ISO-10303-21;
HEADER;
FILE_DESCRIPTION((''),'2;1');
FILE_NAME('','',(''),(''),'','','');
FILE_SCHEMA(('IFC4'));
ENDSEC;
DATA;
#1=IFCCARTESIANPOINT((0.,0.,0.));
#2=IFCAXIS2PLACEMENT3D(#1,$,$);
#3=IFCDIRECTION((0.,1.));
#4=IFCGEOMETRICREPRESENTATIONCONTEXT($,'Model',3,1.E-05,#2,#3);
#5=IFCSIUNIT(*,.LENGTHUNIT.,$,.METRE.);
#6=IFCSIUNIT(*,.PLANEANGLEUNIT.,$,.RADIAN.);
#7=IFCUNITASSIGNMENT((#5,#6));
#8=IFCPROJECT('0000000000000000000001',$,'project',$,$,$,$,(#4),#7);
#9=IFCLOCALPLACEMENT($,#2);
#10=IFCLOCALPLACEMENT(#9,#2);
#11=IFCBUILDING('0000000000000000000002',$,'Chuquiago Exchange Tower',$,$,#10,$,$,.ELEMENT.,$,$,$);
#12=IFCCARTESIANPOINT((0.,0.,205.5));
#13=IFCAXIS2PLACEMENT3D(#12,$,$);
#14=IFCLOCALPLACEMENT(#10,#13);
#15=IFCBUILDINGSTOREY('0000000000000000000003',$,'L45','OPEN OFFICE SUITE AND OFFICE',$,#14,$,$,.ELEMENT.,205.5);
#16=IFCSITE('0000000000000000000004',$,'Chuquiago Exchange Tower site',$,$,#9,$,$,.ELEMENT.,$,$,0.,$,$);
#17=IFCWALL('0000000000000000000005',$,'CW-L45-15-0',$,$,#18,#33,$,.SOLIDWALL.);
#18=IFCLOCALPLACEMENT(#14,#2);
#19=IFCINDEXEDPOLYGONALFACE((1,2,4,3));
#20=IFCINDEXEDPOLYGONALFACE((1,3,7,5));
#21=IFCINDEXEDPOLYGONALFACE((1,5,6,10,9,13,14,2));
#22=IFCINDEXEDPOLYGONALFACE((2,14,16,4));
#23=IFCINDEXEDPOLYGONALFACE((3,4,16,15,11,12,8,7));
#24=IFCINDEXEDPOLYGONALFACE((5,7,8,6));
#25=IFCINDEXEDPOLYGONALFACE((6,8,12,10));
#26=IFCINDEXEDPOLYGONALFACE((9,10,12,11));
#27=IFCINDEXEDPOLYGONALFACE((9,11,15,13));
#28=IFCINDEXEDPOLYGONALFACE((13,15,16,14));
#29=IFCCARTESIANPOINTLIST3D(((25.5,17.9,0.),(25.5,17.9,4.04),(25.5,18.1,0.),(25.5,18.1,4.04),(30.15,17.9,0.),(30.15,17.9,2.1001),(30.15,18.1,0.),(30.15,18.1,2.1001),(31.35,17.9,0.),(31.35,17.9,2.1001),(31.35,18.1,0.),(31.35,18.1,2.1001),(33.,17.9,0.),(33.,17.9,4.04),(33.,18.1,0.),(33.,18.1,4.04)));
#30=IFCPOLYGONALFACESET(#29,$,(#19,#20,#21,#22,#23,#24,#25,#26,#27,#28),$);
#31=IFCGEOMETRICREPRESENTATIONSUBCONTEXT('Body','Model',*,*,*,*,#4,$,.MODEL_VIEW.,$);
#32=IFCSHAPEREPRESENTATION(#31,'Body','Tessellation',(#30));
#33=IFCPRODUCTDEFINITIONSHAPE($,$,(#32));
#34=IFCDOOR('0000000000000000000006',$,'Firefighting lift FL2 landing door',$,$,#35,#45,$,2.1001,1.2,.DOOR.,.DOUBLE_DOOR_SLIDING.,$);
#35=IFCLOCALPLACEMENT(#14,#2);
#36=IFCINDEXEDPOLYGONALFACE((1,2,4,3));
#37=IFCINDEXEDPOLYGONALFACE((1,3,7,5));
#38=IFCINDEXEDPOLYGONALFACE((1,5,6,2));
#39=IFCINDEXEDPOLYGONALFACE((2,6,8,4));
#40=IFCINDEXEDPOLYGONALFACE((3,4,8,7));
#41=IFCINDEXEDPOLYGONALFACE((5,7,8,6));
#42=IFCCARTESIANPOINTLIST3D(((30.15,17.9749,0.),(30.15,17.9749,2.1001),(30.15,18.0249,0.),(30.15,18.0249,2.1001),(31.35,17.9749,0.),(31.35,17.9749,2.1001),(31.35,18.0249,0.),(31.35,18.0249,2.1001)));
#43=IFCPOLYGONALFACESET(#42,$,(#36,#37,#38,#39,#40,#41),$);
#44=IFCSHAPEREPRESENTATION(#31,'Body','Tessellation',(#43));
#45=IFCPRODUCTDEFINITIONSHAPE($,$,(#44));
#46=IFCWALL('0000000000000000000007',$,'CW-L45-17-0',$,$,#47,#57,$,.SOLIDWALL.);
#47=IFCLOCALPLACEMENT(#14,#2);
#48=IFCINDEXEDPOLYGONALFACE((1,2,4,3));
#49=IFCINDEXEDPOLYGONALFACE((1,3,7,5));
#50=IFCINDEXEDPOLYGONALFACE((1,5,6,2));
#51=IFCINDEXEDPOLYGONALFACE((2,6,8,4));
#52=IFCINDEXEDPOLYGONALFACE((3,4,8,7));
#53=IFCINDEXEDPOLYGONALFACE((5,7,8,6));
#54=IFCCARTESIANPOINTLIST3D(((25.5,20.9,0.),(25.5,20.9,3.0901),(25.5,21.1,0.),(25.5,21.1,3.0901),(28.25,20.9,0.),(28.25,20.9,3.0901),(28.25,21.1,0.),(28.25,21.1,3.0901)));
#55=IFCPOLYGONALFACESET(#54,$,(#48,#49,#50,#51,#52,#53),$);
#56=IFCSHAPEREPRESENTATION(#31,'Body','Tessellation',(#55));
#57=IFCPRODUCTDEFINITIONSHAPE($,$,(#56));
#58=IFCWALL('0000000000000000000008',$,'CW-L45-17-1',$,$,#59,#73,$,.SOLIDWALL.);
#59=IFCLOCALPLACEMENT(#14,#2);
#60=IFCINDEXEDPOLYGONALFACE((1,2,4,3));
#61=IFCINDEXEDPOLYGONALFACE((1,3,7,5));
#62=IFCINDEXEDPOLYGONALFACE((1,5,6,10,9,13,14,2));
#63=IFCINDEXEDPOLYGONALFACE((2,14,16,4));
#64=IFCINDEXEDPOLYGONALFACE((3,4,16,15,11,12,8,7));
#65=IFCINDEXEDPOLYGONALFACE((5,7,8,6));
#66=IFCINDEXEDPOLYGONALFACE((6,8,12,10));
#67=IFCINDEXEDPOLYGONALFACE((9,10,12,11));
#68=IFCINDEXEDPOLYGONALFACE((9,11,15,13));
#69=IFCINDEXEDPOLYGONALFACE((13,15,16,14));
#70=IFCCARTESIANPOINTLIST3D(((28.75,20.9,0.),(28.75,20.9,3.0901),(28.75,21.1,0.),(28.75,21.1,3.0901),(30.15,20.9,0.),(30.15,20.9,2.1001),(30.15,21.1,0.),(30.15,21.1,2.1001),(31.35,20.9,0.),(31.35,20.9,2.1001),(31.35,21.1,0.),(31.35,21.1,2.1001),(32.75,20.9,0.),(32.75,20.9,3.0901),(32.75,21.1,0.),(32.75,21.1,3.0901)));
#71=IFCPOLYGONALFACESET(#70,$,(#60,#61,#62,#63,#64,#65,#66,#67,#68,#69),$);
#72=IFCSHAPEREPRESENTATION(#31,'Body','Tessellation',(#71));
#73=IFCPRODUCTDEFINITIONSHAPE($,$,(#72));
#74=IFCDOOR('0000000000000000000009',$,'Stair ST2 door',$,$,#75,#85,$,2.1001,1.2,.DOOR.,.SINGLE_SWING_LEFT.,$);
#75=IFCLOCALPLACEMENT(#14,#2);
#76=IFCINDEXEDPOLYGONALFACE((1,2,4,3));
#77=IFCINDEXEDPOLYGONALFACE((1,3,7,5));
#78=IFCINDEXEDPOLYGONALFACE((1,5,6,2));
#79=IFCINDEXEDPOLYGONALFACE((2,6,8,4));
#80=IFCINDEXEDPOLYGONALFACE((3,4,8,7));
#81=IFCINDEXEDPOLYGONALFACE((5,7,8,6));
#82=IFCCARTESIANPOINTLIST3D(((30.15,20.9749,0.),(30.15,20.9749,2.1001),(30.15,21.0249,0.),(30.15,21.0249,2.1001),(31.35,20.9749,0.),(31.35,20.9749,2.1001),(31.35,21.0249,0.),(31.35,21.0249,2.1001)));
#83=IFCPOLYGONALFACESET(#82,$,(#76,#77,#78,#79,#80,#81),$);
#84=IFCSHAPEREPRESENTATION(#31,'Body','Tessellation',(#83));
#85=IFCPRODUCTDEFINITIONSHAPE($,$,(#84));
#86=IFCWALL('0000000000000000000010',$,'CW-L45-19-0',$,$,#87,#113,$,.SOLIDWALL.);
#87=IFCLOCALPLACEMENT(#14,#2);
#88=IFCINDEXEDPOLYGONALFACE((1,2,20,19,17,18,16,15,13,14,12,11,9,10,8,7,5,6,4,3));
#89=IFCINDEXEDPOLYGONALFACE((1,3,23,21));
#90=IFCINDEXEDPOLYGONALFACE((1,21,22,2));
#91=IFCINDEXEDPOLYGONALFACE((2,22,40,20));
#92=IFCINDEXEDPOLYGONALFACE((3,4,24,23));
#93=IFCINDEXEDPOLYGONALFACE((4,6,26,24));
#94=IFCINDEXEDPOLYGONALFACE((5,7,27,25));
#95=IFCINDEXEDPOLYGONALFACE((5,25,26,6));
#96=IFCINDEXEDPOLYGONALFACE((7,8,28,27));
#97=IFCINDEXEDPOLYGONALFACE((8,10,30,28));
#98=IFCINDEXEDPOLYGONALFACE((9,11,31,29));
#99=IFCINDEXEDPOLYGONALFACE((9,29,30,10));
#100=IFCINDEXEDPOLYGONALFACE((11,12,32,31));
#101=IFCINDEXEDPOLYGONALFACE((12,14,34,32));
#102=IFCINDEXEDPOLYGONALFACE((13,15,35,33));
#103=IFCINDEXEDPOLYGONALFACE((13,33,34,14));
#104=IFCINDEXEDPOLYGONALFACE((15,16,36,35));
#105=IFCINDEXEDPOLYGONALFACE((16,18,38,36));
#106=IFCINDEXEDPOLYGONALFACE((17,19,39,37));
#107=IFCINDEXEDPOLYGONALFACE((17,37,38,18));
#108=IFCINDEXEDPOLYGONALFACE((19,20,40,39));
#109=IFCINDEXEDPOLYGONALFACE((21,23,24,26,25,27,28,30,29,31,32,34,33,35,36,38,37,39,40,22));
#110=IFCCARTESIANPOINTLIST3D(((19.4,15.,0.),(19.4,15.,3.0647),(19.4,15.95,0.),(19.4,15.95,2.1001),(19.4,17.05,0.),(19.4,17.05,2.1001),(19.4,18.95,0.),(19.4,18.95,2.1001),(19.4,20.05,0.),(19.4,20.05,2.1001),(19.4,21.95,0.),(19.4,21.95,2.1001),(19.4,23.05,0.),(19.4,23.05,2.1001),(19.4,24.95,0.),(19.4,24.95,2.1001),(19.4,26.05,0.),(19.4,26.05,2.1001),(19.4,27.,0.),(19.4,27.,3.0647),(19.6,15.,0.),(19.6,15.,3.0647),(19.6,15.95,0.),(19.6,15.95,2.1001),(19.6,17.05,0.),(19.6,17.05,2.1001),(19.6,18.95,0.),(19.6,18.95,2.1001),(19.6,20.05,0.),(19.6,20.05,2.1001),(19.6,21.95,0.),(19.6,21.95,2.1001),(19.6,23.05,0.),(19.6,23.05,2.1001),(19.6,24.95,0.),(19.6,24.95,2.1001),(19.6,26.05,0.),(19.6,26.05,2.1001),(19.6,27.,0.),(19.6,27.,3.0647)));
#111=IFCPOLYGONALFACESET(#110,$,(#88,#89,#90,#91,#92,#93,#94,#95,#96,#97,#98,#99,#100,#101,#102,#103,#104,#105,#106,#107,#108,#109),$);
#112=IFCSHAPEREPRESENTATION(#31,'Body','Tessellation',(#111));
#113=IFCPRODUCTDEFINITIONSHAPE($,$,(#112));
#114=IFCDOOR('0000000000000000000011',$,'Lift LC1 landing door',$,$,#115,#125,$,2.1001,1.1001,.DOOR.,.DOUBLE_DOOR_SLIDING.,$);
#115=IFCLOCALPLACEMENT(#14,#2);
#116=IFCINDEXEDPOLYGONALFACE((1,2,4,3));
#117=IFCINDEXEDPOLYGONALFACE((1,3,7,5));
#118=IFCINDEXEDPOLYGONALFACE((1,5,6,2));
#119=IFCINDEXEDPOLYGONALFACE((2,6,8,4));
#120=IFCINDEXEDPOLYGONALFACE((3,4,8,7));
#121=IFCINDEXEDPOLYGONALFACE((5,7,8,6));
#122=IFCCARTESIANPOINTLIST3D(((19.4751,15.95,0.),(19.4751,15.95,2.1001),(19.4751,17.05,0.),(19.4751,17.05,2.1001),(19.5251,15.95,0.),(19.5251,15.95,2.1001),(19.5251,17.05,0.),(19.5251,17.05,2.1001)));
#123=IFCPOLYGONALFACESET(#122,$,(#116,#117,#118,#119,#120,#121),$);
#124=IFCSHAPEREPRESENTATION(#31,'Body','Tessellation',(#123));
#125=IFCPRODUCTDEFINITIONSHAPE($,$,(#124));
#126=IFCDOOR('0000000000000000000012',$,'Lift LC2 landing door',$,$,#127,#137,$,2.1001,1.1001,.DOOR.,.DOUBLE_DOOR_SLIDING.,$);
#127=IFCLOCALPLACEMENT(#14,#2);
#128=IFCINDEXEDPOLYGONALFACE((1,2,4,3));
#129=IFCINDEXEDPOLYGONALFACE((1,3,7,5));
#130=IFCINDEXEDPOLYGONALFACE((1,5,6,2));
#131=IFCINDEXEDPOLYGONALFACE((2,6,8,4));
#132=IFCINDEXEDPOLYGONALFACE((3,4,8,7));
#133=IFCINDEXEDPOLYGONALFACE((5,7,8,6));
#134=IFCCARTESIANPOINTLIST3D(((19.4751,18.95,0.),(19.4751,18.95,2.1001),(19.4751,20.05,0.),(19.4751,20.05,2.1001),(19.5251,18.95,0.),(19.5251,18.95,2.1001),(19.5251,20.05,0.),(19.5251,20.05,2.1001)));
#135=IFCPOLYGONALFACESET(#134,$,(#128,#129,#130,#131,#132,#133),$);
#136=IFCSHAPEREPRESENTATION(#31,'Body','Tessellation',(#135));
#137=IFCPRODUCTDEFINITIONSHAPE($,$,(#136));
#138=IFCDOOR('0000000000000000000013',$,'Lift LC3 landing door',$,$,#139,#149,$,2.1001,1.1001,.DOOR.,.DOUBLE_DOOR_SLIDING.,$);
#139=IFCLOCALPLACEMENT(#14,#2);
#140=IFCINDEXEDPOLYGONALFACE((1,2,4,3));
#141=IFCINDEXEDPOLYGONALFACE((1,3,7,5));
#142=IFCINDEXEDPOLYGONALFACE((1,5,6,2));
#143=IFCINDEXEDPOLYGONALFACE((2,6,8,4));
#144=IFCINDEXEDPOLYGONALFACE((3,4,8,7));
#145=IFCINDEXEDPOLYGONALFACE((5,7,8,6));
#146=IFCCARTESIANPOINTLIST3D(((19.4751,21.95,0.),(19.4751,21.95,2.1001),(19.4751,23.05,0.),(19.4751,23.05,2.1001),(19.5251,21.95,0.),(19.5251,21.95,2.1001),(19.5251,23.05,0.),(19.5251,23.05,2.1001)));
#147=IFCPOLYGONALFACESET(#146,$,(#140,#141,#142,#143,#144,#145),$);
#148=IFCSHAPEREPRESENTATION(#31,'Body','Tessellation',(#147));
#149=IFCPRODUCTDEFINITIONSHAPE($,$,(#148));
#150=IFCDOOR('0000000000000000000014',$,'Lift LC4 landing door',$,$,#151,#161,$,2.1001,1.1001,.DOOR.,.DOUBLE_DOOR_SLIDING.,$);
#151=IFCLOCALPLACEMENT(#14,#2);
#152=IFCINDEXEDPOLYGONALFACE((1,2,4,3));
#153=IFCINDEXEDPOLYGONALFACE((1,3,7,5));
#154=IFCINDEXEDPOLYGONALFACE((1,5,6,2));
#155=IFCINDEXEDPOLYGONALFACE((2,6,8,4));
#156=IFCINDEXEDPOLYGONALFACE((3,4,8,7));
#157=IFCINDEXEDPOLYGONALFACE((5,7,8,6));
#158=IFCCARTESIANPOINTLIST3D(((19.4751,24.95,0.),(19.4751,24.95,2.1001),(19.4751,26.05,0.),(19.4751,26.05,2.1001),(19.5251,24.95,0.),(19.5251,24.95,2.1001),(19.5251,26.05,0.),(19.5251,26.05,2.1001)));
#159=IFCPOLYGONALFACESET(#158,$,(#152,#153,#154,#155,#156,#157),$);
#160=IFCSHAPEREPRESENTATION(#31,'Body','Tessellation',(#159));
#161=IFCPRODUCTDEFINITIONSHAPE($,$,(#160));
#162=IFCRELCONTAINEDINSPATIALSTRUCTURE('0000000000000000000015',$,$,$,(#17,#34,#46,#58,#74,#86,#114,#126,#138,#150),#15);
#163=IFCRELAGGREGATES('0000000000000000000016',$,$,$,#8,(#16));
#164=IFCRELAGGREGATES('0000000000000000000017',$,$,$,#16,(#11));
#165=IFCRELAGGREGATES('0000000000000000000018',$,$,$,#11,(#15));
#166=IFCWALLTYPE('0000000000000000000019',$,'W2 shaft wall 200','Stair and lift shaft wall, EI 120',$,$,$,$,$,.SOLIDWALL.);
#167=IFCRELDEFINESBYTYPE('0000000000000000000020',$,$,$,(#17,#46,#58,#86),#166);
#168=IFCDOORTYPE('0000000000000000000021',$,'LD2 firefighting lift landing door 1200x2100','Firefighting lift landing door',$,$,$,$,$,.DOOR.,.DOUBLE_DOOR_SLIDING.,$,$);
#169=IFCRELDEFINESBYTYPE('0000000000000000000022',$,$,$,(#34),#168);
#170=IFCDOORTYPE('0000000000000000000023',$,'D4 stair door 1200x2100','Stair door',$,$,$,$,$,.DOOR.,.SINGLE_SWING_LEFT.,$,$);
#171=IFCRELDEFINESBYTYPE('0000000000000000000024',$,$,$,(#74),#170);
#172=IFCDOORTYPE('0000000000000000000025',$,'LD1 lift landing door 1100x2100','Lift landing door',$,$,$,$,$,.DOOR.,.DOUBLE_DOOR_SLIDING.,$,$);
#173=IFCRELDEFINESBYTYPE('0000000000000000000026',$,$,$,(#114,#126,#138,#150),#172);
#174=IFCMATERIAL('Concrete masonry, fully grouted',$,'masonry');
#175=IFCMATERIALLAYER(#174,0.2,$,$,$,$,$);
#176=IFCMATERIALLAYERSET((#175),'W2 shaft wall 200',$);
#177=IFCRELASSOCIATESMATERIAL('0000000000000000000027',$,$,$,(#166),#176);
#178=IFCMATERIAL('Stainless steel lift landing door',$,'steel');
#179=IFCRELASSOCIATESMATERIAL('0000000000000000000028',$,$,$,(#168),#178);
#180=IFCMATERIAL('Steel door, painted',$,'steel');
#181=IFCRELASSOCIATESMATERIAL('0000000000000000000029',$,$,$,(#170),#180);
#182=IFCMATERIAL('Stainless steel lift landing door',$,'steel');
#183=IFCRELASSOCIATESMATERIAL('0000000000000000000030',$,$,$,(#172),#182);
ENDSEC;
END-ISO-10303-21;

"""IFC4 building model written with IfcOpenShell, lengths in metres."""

from ifc_helpers import new_model, si_unit, direction, frame, frame_2d, origin, place, context, subcontext, project, spatial, rectangle, extrude, material, layer, layer_set, type_object, element, fill, save


model = new_model("IFC4")

# Units and contexts
model_context = context("Model", 3, precision=1e-05, world=origin(), true_north=direction((0.0, 1.0)))
body_context = subcontext(model_context, "Body", "Model", "MODEL_VIEW")
ifc_project = project(units=[si_unit("LENGTHUNIT", "METRE"), si_unit("PLANEANGLEUNIT", "RADIAN")], contexts=[model_context])

# Site, building, storey
site_placement = place(None, origin())
site = spatial("IfcSite", under=ifc_project, at=site_placement, Name="Chuquiago Exchange Tower site", CompositionType="ELEMENT", RefElevation=0.0)
building_placement = place(site_placement, origin())
building = spatial("IfcBuilding", under=site, at=building_placement, Name="Chuquiago Exchange Tower", CompositionType="ELEMENT")
storey_placement = place(building_placement, frame((0.0, 0.0, 205.5)))
storey = spatial("IfcBuildingStorey", under=building, at=storey_placement, Name="L45", Description="OPEN OFFICE SUITE AND OFFICE", CompositionType="ELEMENT", Elevation=205.5)

# Shared definitions
ifc_material_1 = material(Name="Concrete masonry, fully grouted", Category="masonry")
ifc_layer_1 = layer(ifc_material_1, 0.2)
ifc_layer_set_1 = layer_set([ifc_layer_1], Name="W2 shaft wall 200")
wall_type_1 = type_object("IfcWallType", Name="W2 shaft wall 200", Description="Stair and lift shaft wall, EI 120", PredefinedType="SOLIDWALL", material=ifc_layer_set_1)

# Wall, opening, door
wall_1_placement = place(storey_placement, frame((25.5, 18.0, 0.0), z_axis=(0.0, 0.0, 1.0), x_axis=(1.0, 0.0, 0.0)))
wall_1 = element("IfcWall", 1, at=wall_1_placement, inside=storey, type_object=wall_type_1, Name="CW-L45-15-0", PredefinedType="SOLIDWALL", context=body_context, shape_type="SweptSolid", body=[
    extrude(rectangle(XDim=7.5, YDim=0.2, at=frame_2d((3.75, 0.0))), origin(), (0.0, 0.0, 1.0), 4.04),
])
opening_1_placement = place(wall_1_placement, frame((4.6499, 0.0, 0.0)))
opening_1 = element("IfcOpeningElement", 2, at=opening_1_placement, cuts=wall_1, PredefinedType="OPENING", context=body_context, shape_type="SweptSolid", body=[
    extrude(rectangle(XDim=1.2, YDim=2.1001, at=frame_2d((0.6001, 1.05))), frame((0.0, 0.1099, 0.0), z_axis=(0.0, -1.0, 0.0), x_axis=(1.0, 0.0, 0.0)), (0.0, 0.0, 1.0), 0.22),
])
ifc_material_2 = material(Name="Stainless steel lift landing door", Category="steel")
door_type_1 = type_object("IfcDoorType", Name="LD2 firefighting lift landing door 1200x2100", Description="Firefighting lift landing door", OperationType="DOUBLE_DOOR_SLIDING", PredefinedType="DOOR", material=ifc_material_2)
door_1_placement = place(opening_1_placement, origin())
door_1 = element("IfcDoor", 3, at=door_1_placement, inside=storey, type_object=door_type_1, Name="Firefighting lift FL2 landing door", OperationType="DOUBLE_DOOR_SLIDING", OverallHeight=2.1001, OverallWidth=1.2, PredefinedType="DOOR", context=body_context, shape_type="SweptSolid", body=[
    extrude(rectangle(XDim=1.2, YDim=2.1001, at=frame_2d((0.6001, 1.05))), frame((0.0, 0.0249, 0.0), z_axis=(0.0, -1.0, 0.0), x_axis=(1.0, 0.0, 0.0)), (0.0, 0.0, 1.0), 0.05),
])
fill(opening_1, door_1)

# Wall
wall_2_placement = place(storey_placement, frame((25.5, 21.0, 0.0), z_axis=(0.0, 0.0, 1.0), x_axis=(1.0, 0.0, 0.0)))
element("IfcWall", 4, at=wall_2_placement, inside=storey, type_object=wall_type_1, Name="CW-L45-17-0", PredefinedType="SOLIDWALL", context=body_context, shape_type="SweptSolid", body=[
    extrude(rectangle(XDim=2.75, YDim=0.2, at=frame_2d((1.375, 0.0))), origin(), (0.0, 0.0, 1.0), 3.0901),
])

# Wall, opening, door
wall_3_placement = place(storey_placement, frame((28.75, 21.0, 0.0), z_axis=(0.0, 0.0, 1.0), x_axis=(1.0, 0.0, 0.0)))
wall_3 = element("IfcWall", 5, at=wall_3_placement, inside=storey, type_object=wall_type_1, Name="CW-L45-17-1", PredefinedType="SOLIDWALL", context=body_context, shape_type="SweptSolid", body=[
    extrude(rectangle(XDim=4.0, YDim=0.2, at=frame_2d((2.0, 0.0))), origin(), (0.0, 0.0, 1.0), 3.0901),
])
opening_2_placement = place(wall_3_placement, frame((1.3999, 0.0, 0.0)))
opening_2 = element("IfcOpeningElement", 6, at=opening_2_placement, cuts=wall_3, PredefinedType="OPENING", context=body_context, shape_type="SweptSolid", body=[
    extrude(rectangle(XDim=1.2, YDim=2.1001, at=frame_2d((0.6001, 1.05))), frame((0.0, 0.1099, 0.0), z_axis=(0.0, -1.0, 0.0), x_axis=(1.0, 0.0, 0.0)), (0.0, 0.0, 1.0), 0.22),
])
ifc_material_3 = material(Name="Steel door, painted", Category="steel")
door_type_2 = type_object("IfcDoorType", Name="D4 stair door 1200x2100", Description="Stair door", OperationType="SINGLE_SWING_LEFT", PredefinedType="DOOR", material=ifc_material_3)
door_2_placement = place(opening_2_placement, origin())
door_2 = element("IfcDoor", 7, at=door_2_placement, inside=storey, type_object=door_type_2, Name="Stair ST2 door", OperationType="SINGLE_SWING_LEFT", OverallHeight=2.1001, OverallWidth=1.2, PredefinedType="DOOR", context=body_context, shape_type="SweptSolid", body=[
    extrude(rectangle(XDim=1.2, YDim=2.1001, at=frame_2d((0.6001, 1.05))), frame((0.0, 0.0249, 0.0), z_axis=(0.0, -1.0, 0.0), x_axis=(1.0, 0.0, 0.0)), (0.0, 0.0, 1.0), 0.05),
])
fill(opening_2, door_2)

# Wall, openings, doors
wall_4_placement = place(storey_placement, frame((19.5, 15.0, 0.0), z_axis=(0.0, 0.0, 1.0), x_axis=(0.0, 1.0, 0.0)))
wall_4 = element("IfcWall", 8, at=wall_4_placement, inside=storey, type_object=wall_type_1, Name="CW-L45-19-0", PredefinedType="SOLIDWALL", context=body_context, shape_type="SweptSolid", body=[
    extrude(rectangle(XDim=12.0, YDim=0.2, at=frame_2d((6.0, 0.0))), origin(), (0.0, 0.0, 1.0), 3.0647),
])
opening_3_placement = place(wall_4_placement, frame((0.95, 0.0, 0.0)))
opening_3 = element("IfcOpeningElement", 9, at=opening_3_placement, cuts=wall_4, PredefinedType="OPENING", context=body_context, shape_type="SweptSolid", body=[
    extrude(rectangle(XDim=1.1001, YDim=2.1001, at=frame_2d((0.55, 1.05))), frame((0.0, 0.1099, 0.0), z_axis=(0.0, -1.0, 0.0), x_axis=(1.0, 0.0, 0.0)), (0.0, 0.0, 1.0), 0.22),
])
opening_4_placement = place(wall_4_placement, frame((3.95, 0.0, 0.0)))
opening_4 = element("IfcOpeningElement", 10, at=opening_4_placement, cuts=wall_4, PredefinedType="OPENING", context=body_context, shape_type="SweptSolid", body=[
    extrude(rectangle(XDim=1.1001, YDim=2.1001, at=frame_2d((0.55, 1.05))), frame((0.0, 0.1099, 0.0), z_axis=(0.0, -1.0, 0.0), x_axis=(1.0, 0.0, 0.0)), (0.0, 0.0, 1.0), 0.22),
])
opening_5_placement = place(wall_4_placement, frame((6.95, 0.0, 0.0)))
opening_5 = element("IfcOpeningElement", 11, at=opening_5_placement, cuts=wall_4, PredefinedType="OPENING", context=body_context, shape_type="SweptSolid", body=[
    extrude(rectangle(XDim=1.1001, YDim=2.1001, at=frame_2d((0.55, 1.05))), frame((0.0, 0.1099, 0.0), z_axis=(0.0, -1.0, 0.0), x_axis=(1.0, 0.0, 0.0)), (0.0, 0.0, 1.0), 0.22),
])
opening_6_placement = place(wall_4_placement, frame((9.95, 0.0, 0.0)))
opening_6 = element("IfcOpeningElement", 12, at=opening_6_placement, cuts=wall_4, PredefinedType="OPENING", context=body_context, shape_type="SweptSolid", body=[
    extrude(rectangle(XDim=1.1001, YDim=2.1001, at=frame_2d((0.55, 1.05))), frame((0.0, 0.1099, 0.0), z_axis=(0.0, -1.0, 0.0), x_axis=(1.0, 0.0, 0.0)), (0.0, 0.0, 1.0), 0.22),
])
ifc_material_4 = material(Name="Stainless steel lift landing door", Category="steel")
door_type_3 = type_object("IfcDoorType", Name="LD1 lift landing door 1100x2100", Description="Lift landing door", OperationType="DOUBLE_DOOR_SLIDING", PredefinedType="DOOR", material=ifc_material_4)
door_3_placement = place(opening_3_placement, origin())
door_3 = element("IfcDoor", 13, at=door_3_placement, inside=storey, type_object=door_type_3, Name="Lift LC1 landing door", OperationType="DOUBLE_DOOR_SLIDING", OverallHeight=2.1001, OverallWidth=1.1001, PredefinedType="DOOR", context=body_context, shape_type="SweptSolid", body=[
    extrude(rectangle(XDim=1.1001, YDim=2.1001, at=frame_2d((0.55, 1.05))), frame((0.0, 0.0249, 0.0), z_axis=(0.0, -1.0, 0.0), x_axis=(1.0, 0.0, 0.0)), (0.0, 0.0, 1.0), 0.05),
])
fill(opening_3, door_3)
door_4_placement = place(opening_4_placement, origin())
door_4 = element("IfcDoor", 14, at=door_4_placement, inside=storey, type_object=door_type_3, Name="Lift LC2 landing door", OperationType="DOUBLE_DOOR_SLIDING", OverallHeight=2.1001, OverallWidth=1.1001, PredefinedType="DOOR", context=body_context, shape_type="SweptSolid", body=[
    extrude(rectangle(XDim=1.1001, YDim=2.1001, at=frame_2d((0.55, 1.05))), frame((0.0, 0.0249, 0.0), z_axis=(0.0, -1.0, 0.0), x_axis=(1.0, 0.0, 0.0)), (0.0, 0.0, 1.0), 0.05),
])
fill(opening_4, door_4)
door_5_placement = place(opening_5_placement, origin())
door_5 = element("IfcDoor", 15, at=door_5_placement, inside=storey, type_object=door_type_3, Name="Lift LC3 landing door", OperationType="DOUBLE_DOOR_SLIDING", OverallHeight=2.1001, OverallWidth=1.1001, PredefinedType="DOOR", context=body_context, shape_type="SweptSolid", body=[
    extrude(rectangle(XDim=1.1001, YDim=2.1001, at=frame_2d((0.55, 1.05))), frame((0.0, 0.0249, 0.0), z_axis=(0.0, -1.0, 0.0), x_axis=(1.0, 0.0, 0.0)), (0.0, 0.0, 1.0), 0.05),
])
fill(opening_5, door_5)
door_6_placement = place(opening_6_placement, origin())
door_6 = element("IfcDoor", 16, at=door_6_placement, inside=storey, type_object=door_type_3, Name="Lift LC4 landing door", OperationType="DOUBLE_DOOR_SLIDING", OverallHeight=2.1001, OverallWidth=1.1001, PredefinedType="DOOR", context=body_context, shape_type="SweptSolid", body=[
    extrude(rectangle(XDim=1.1001, YDim=2.1001, at=frame_2d((0.55, 1.05))), frame((0.0, 0.0249, 0.0), z_axis=(0.0, -1.0, 0.0), x_axis=(1.0, 0.0, 0.0)), (0.0, 0.0, 1.0), 0.05),
])
fill(opening_6, door_6)

save(model, "model.ifc")
